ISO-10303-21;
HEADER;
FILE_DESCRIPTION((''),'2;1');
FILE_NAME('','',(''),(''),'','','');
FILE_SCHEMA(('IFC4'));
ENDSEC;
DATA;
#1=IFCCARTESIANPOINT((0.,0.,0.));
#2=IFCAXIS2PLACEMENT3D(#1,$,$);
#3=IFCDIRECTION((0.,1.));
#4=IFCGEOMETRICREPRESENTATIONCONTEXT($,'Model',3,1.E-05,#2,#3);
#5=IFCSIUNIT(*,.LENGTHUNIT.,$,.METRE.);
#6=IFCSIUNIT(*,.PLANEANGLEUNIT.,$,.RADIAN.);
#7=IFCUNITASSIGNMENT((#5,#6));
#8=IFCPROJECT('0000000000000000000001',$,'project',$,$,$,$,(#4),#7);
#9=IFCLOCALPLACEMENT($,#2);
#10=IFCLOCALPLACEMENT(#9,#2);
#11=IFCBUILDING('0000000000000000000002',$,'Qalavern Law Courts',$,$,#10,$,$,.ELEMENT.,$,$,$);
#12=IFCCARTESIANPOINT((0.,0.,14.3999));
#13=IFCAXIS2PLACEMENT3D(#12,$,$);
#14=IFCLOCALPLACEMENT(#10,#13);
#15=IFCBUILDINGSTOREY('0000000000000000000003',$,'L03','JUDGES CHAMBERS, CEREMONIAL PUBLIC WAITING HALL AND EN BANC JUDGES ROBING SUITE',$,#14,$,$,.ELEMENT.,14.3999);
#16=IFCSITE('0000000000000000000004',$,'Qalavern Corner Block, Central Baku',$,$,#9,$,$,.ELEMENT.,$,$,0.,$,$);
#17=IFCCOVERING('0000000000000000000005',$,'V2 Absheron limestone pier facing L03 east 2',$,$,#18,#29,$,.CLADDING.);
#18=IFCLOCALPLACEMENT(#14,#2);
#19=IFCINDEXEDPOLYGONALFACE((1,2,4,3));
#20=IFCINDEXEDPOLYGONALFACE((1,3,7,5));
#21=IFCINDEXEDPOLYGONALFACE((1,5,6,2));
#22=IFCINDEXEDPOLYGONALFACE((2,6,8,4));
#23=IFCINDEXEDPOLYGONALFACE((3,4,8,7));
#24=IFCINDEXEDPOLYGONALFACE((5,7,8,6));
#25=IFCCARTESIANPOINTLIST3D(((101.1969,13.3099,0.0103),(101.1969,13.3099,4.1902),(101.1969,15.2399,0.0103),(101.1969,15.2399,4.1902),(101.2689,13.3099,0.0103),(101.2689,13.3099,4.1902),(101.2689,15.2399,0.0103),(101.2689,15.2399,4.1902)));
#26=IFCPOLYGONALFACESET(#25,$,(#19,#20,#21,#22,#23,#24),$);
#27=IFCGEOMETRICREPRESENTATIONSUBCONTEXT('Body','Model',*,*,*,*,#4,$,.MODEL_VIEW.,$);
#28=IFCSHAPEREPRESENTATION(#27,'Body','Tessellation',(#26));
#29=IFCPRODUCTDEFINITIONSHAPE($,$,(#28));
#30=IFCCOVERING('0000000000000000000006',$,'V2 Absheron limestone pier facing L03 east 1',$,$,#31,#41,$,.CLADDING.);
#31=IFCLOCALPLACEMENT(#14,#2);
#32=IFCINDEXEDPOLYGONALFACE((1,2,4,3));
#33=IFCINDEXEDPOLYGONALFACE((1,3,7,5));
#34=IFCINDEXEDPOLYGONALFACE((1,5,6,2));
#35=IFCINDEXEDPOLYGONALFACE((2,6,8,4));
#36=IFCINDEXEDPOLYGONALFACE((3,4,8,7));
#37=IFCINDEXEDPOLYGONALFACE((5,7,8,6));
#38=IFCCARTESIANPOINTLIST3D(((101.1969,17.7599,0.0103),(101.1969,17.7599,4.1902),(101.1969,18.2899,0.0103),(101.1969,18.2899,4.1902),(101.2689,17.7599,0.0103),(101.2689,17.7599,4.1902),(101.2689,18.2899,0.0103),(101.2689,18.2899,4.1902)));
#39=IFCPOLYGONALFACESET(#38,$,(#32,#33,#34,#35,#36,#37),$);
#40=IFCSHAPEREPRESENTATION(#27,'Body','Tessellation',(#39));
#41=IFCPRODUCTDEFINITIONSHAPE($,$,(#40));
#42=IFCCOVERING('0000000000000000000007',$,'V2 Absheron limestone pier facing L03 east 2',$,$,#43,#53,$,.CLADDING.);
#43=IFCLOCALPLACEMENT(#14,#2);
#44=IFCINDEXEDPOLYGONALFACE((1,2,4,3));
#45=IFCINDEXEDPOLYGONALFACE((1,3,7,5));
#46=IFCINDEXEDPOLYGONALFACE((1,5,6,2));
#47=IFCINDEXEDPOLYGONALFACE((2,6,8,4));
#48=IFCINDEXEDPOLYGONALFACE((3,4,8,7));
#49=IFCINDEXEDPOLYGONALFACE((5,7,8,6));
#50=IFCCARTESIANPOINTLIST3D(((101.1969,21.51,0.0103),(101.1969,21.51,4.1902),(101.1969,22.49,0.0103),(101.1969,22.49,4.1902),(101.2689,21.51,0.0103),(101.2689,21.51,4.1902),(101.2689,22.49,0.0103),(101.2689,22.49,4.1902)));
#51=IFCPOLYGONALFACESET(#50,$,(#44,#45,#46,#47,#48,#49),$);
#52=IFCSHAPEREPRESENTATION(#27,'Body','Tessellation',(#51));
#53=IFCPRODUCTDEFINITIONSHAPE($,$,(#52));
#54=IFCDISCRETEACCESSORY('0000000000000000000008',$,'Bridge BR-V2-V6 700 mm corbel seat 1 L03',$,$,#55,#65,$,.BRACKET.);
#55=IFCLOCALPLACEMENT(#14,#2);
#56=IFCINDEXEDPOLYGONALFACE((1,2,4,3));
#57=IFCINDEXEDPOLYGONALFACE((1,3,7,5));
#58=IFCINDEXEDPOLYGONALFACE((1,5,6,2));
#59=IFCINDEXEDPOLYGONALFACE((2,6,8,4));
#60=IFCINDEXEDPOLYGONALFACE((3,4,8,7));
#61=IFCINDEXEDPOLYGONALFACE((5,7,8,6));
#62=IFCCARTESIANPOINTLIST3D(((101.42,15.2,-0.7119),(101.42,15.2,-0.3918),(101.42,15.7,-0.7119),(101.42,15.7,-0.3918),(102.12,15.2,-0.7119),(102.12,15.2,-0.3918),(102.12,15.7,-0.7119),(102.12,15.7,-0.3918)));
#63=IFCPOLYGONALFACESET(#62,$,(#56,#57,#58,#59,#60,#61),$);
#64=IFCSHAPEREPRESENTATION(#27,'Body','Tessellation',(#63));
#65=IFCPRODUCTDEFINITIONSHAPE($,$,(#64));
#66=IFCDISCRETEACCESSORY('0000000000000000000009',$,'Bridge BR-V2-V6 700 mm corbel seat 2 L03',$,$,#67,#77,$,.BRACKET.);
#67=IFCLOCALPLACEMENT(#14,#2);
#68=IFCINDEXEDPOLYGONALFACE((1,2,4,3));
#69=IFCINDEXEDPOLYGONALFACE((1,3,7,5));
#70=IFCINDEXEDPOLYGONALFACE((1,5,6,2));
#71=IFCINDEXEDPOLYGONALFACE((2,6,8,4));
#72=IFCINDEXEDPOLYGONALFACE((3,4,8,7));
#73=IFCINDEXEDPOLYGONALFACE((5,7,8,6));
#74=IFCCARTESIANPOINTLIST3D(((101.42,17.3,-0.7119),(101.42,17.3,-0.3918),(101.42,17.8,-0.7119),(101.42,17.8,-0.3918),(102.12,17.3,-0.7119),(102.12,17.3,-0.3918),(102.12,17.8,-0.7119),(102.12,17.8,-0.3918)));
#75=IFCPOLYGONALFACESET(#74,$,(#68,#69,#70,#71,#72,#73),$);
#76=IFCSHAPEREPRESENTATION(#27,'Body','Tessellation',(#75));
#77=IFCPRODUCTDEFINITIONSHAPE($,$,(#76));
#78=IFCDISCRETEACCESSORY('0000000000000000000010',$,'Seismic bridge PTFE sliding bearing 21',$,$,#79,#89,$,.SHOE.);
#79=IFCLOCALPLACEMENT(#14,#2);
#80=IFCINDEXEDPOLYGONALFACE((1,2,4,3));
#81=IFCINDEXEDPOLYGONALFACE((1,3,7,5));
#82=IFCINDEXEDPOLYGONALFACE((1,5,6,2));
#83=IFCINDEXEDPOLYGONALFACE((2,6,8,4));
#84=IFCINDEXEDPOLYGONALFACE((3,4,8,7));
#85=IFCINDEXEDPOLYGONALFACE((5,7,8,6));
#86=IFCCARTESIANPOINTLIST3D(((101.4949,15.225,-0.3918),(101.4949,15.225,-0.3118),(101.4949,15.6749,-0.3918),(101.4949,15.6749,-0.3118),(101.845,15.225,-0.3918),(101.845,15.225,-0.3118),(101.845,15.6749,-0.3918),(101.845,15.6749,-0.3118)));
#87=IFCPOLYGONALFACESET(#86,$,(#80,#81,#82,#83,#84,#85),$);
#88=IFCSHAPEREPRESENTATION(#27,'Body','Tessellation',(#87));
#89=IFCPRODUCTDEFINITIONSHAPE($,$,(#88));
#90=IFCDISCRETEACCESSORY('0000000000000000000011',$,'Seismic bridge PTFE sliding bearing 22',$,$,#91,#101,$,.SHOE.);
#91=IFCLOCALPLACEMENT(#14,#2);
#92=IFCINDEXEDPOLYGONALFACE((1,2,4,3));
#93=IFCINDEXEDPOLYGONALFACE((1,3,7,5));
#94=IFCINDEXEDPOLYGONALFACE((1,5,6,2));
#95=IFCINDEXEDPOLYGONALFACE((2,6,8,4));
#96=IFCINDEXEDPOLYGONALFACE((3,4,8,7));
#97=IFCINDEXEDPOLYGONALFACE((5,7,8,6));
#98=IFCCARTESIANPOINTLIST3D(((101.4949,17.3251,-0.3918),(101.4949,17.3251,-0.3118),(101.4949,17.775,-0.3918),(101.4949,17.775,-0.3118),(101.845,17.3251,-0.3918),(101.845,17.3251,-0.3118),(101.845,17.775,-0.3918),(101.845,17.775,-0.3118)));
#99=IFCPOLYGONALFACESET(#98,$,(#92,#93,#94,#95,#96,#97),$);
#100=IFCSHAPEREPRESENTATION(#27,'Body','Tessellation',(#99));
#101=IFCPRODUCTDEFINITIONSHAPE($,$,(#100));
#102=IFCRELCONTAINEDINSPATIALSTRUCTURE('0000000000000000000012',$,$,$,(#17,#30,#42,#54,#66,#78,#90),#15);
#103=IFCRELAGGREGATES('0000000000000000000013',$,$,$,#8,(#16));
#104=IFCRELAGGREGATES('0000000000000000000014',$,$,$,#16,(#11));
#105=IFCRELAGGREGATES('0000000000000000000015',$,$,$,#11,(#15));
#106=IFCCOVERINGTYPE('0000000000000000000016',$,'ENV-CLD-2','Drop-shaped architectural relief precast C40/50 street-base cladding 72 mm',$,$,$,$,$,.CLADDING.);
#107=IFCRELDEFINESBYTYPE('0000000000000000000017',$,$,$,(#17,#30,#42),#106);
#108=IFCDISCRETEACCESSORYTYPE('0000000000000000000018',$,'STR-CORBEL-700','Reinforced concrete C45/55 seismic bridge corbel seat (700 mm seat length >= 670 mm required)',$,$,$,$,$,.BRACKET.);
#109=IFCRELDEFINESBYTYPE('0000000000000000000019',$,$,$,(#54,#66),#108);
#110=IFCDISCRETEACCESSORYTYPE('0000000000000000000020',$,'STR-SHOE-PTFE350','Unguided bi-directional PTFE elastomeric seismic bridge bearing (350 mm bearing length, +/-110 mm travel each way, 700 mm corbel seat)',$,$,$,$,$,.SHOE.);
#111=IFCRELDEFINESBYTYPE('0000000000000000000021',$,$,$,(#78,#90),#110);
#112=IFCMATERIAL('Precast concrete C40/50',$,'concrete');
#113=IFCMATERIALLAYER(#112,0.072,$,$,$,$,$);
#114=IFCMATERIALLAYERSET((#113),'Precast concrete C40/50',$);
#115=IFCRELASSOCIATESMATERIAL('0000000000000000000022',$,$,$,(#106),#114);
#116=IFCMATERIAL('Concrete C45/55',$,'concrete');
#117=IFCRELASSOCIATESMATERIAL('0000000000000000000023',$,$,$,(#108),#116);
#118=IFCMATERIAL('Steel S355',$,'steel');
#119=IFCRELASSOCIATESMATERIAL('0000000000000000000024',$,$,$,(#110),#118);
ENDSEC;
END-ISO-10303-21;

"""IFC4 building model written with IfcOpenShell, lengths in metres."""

from ifc_helpers import new_model, si_unit, direction, frame, origin, origin_2d, place, context, subcontext, project, spatial, rectangle, extrude, material, layer, layer_set, type_object, element, save


model = new_model("IFC4")

# Units and contexts
model_context = context("Model", 3, precision=1e-05, world=origin(), true_north=direction((0.0, 1.0)))
body_context = subcontext(model_context, "Body", "Model", "MODEL_VIEW")
ifc_project = project(units=[si_unit("LENGTHUNIT", "METRE"), si_unit("PLANEANGLEUNIT", "RADIAN")], contexts=[model_context])

# Site, building, storey
site_placement = place(None, origin())
site = spatial("IfcSite", under=ifc_project, at=site_placement, Name="Qalavern Corner Block, Central Baku", CompositionType="ELEMENT", RefElevation=0.0)
building_placement = place(site_placement, origin())
building = spatial("IfcBuilding", under=site, at=building_placement, Name="Qalavern Law Courts", CompositionType="ELEMENT")
storey_placement = place(building_placement, frame((0.0, 0.0, 14.3999)))
storey = spatial("IfcBuildingStorey", under=building, at=storey_placement, Name="L03", Description="JUDGES CHAMBERS, CEREMONIAL PUBLIC WAITING HALL AND EN BANC JUDGES ROBING SUITE", CompositionType="ELEMENT", Elevation=14.3999)

# Shared definitions
ifc_material_1 = material(Name="Steel S355", Category="steel")

# Coverings
ifc_material_2 = material(Name="Precast concrete C40/50", Category="concrete")
ifc_layer_1 = layer(ifc_material_2, 0.072)
ifc_layer_set_1 = layer_set([ifc_layer_1], Name="Precast concrete C40/50")
covering_type = type_object("IfcCoveringType", Name="ENV-CLD-2", Description="Drop-shaped architectural relief precast C40/50 street-base cladding 72 mm", PredefinedType="CLADDING", material=ifc_layer_set_1)
covering_1_placement = place(storey_placement, frame((101.2329, 14.2749, 0.0103), z_axis=(0.0, 0.0, 1.0), x_axis=(0.0, 1.0, 0.0)))
element("IfcCovering", 1, at=covering_1_placement, inside=storey, type_object=covering_type, Name="V2 Absheron limestone pier facing L03 east 2", PredefinedType="CLADDING", context=body_context, shape_type="SweptSolid", body=[
    extrude(rectangle(XDim=1.9299, YDim=0.072, at=origin_2d()), origin(), (0.0, 0.0, 1.0), 4.1799),
])
covering_2_placement = place(storey_placement, frame((101.2329, 18.0249, 0.0103), z_axis=(0.0, 0.0, 1.0), x_axis=(0.0, 1.0, 0.0)))
element("IfcCovering", 2, at=covering_2_placement, inside=storey, type_object=covering_type, Name="V2 Absheron limestone pier facing L03 east 1", PredefinedType="CLADDING", context=body_context, shape_type="SweptSolid", body=[
    extrude(rectangle(XDim=0.53, YDim=0.072, at=origin_2d()), origin(), (0.0, 0.0, 1.0), 4.1799),
])
covering_3_placement = place(storey_placement, frame((101.2329, 22.0, 0.0103), z_axis=(0.0, 0.0, 1.0), x_axis=(0.0, 1.0, 0.0)))
element("IfcCovering", 3, at=covering_3_placement, inside=storey, type_object=covering_type, Name="V2 Absheron limestone pier facing L03 east 2", PredefinedType="CLADDING", context=body_context, shape_type="SweptSolid", body=[
    extrude(rectangle(XDim=0.98, YDim=0.072, at=origin_2d()), origin(), (0.0, 0.0, 1.0), 4.1799),
])

# Discrete accessories
ifc_material_3 = material(Name="Concrete C45/55", Category="concrete")
discrete_accessory_type_1 = type_object("IfcDiscreteAccessoryType", Name="STR-CORBEL-700", Description="Reinforced concrete C45/55 seismic bridge corbel seat (700 mm seat length >= 670 mm required)", PredefinedType="BRACKET", material=ifc_material_3)
for number, where, z_axis, x_axis, name in (
    (4, (101.77, 15.45, -0.7119), (0.0, 0.0, 1.0), (1.0, 0.0, 0.0), "Bridge BR-V2-V6 700 mm corbel seat 1 L03"),
    (5, (101.77, 17.55, -0.7119), (0.0, 0.0, 1.0), (1.0, 0.0, 0.0), "Bridge BR-V2-V6 700 mm corbel seat 2 L03"),
):
    element("IfcDiscreteAccessory", number, at=place(storey_placement, frame(where, z_axis=z_axis, x_axis=x_axis)), inside=storey, type_object=discrete_accessory_type_1, Name=name, PredefinedType="BRACKET", context=body_context, shape_type="SweptSolid", body=[
        extrude(rectangle(XDim=0.7, YDim=0.5, at=origin_2d()), origin(), (0.0, 0.0, 1.0), 0.3201),
    ])
discrete_accessory_type_2 = type_object("IfcDiscreteAccessoryType", Name="STR-SHOE-PTFE350", Description="Unguided bi-directional PTFE elastomeric seismic bridge bearing (350 mm bearing length, +/-110 mm travel each way, 700 mm corbel seat)", PredefinedType="SHOE", material=ifc_material_1)
for number, where, z_axis, x_axis, name in (
    (6, (101.6699, 15.45, -0.3918), (0.0, 0.0, 1.0), (1.0, 0.0, 0.0), "Seismic bridge PTFE sliding bearing 21"),
    (7, (101.6699, 17.55, -0.3918), (0.0, 0.0, 1.0), (1.0, 0.0, 0.0), "Seismic bridge PTFE sliding bearing 22"),
):
    element("IfcDiscreteAccessory", number, at=place(storey_placement, frame(where, z_axis=z_axis, x_axis=x_axis)), inside=storey, type_object=discrete_accessory_type_2, Name=name, PredefinedType="SHOE", context=body_context, shape_type="SweptSolid", body=[
        extrude(rectangle(XDim=0.3501, YDim=0.45, at=origin_2d()), origin(), (0.0, 0.0, 1.0), 0.0801),
    ])

save(model, "model.ifc")
